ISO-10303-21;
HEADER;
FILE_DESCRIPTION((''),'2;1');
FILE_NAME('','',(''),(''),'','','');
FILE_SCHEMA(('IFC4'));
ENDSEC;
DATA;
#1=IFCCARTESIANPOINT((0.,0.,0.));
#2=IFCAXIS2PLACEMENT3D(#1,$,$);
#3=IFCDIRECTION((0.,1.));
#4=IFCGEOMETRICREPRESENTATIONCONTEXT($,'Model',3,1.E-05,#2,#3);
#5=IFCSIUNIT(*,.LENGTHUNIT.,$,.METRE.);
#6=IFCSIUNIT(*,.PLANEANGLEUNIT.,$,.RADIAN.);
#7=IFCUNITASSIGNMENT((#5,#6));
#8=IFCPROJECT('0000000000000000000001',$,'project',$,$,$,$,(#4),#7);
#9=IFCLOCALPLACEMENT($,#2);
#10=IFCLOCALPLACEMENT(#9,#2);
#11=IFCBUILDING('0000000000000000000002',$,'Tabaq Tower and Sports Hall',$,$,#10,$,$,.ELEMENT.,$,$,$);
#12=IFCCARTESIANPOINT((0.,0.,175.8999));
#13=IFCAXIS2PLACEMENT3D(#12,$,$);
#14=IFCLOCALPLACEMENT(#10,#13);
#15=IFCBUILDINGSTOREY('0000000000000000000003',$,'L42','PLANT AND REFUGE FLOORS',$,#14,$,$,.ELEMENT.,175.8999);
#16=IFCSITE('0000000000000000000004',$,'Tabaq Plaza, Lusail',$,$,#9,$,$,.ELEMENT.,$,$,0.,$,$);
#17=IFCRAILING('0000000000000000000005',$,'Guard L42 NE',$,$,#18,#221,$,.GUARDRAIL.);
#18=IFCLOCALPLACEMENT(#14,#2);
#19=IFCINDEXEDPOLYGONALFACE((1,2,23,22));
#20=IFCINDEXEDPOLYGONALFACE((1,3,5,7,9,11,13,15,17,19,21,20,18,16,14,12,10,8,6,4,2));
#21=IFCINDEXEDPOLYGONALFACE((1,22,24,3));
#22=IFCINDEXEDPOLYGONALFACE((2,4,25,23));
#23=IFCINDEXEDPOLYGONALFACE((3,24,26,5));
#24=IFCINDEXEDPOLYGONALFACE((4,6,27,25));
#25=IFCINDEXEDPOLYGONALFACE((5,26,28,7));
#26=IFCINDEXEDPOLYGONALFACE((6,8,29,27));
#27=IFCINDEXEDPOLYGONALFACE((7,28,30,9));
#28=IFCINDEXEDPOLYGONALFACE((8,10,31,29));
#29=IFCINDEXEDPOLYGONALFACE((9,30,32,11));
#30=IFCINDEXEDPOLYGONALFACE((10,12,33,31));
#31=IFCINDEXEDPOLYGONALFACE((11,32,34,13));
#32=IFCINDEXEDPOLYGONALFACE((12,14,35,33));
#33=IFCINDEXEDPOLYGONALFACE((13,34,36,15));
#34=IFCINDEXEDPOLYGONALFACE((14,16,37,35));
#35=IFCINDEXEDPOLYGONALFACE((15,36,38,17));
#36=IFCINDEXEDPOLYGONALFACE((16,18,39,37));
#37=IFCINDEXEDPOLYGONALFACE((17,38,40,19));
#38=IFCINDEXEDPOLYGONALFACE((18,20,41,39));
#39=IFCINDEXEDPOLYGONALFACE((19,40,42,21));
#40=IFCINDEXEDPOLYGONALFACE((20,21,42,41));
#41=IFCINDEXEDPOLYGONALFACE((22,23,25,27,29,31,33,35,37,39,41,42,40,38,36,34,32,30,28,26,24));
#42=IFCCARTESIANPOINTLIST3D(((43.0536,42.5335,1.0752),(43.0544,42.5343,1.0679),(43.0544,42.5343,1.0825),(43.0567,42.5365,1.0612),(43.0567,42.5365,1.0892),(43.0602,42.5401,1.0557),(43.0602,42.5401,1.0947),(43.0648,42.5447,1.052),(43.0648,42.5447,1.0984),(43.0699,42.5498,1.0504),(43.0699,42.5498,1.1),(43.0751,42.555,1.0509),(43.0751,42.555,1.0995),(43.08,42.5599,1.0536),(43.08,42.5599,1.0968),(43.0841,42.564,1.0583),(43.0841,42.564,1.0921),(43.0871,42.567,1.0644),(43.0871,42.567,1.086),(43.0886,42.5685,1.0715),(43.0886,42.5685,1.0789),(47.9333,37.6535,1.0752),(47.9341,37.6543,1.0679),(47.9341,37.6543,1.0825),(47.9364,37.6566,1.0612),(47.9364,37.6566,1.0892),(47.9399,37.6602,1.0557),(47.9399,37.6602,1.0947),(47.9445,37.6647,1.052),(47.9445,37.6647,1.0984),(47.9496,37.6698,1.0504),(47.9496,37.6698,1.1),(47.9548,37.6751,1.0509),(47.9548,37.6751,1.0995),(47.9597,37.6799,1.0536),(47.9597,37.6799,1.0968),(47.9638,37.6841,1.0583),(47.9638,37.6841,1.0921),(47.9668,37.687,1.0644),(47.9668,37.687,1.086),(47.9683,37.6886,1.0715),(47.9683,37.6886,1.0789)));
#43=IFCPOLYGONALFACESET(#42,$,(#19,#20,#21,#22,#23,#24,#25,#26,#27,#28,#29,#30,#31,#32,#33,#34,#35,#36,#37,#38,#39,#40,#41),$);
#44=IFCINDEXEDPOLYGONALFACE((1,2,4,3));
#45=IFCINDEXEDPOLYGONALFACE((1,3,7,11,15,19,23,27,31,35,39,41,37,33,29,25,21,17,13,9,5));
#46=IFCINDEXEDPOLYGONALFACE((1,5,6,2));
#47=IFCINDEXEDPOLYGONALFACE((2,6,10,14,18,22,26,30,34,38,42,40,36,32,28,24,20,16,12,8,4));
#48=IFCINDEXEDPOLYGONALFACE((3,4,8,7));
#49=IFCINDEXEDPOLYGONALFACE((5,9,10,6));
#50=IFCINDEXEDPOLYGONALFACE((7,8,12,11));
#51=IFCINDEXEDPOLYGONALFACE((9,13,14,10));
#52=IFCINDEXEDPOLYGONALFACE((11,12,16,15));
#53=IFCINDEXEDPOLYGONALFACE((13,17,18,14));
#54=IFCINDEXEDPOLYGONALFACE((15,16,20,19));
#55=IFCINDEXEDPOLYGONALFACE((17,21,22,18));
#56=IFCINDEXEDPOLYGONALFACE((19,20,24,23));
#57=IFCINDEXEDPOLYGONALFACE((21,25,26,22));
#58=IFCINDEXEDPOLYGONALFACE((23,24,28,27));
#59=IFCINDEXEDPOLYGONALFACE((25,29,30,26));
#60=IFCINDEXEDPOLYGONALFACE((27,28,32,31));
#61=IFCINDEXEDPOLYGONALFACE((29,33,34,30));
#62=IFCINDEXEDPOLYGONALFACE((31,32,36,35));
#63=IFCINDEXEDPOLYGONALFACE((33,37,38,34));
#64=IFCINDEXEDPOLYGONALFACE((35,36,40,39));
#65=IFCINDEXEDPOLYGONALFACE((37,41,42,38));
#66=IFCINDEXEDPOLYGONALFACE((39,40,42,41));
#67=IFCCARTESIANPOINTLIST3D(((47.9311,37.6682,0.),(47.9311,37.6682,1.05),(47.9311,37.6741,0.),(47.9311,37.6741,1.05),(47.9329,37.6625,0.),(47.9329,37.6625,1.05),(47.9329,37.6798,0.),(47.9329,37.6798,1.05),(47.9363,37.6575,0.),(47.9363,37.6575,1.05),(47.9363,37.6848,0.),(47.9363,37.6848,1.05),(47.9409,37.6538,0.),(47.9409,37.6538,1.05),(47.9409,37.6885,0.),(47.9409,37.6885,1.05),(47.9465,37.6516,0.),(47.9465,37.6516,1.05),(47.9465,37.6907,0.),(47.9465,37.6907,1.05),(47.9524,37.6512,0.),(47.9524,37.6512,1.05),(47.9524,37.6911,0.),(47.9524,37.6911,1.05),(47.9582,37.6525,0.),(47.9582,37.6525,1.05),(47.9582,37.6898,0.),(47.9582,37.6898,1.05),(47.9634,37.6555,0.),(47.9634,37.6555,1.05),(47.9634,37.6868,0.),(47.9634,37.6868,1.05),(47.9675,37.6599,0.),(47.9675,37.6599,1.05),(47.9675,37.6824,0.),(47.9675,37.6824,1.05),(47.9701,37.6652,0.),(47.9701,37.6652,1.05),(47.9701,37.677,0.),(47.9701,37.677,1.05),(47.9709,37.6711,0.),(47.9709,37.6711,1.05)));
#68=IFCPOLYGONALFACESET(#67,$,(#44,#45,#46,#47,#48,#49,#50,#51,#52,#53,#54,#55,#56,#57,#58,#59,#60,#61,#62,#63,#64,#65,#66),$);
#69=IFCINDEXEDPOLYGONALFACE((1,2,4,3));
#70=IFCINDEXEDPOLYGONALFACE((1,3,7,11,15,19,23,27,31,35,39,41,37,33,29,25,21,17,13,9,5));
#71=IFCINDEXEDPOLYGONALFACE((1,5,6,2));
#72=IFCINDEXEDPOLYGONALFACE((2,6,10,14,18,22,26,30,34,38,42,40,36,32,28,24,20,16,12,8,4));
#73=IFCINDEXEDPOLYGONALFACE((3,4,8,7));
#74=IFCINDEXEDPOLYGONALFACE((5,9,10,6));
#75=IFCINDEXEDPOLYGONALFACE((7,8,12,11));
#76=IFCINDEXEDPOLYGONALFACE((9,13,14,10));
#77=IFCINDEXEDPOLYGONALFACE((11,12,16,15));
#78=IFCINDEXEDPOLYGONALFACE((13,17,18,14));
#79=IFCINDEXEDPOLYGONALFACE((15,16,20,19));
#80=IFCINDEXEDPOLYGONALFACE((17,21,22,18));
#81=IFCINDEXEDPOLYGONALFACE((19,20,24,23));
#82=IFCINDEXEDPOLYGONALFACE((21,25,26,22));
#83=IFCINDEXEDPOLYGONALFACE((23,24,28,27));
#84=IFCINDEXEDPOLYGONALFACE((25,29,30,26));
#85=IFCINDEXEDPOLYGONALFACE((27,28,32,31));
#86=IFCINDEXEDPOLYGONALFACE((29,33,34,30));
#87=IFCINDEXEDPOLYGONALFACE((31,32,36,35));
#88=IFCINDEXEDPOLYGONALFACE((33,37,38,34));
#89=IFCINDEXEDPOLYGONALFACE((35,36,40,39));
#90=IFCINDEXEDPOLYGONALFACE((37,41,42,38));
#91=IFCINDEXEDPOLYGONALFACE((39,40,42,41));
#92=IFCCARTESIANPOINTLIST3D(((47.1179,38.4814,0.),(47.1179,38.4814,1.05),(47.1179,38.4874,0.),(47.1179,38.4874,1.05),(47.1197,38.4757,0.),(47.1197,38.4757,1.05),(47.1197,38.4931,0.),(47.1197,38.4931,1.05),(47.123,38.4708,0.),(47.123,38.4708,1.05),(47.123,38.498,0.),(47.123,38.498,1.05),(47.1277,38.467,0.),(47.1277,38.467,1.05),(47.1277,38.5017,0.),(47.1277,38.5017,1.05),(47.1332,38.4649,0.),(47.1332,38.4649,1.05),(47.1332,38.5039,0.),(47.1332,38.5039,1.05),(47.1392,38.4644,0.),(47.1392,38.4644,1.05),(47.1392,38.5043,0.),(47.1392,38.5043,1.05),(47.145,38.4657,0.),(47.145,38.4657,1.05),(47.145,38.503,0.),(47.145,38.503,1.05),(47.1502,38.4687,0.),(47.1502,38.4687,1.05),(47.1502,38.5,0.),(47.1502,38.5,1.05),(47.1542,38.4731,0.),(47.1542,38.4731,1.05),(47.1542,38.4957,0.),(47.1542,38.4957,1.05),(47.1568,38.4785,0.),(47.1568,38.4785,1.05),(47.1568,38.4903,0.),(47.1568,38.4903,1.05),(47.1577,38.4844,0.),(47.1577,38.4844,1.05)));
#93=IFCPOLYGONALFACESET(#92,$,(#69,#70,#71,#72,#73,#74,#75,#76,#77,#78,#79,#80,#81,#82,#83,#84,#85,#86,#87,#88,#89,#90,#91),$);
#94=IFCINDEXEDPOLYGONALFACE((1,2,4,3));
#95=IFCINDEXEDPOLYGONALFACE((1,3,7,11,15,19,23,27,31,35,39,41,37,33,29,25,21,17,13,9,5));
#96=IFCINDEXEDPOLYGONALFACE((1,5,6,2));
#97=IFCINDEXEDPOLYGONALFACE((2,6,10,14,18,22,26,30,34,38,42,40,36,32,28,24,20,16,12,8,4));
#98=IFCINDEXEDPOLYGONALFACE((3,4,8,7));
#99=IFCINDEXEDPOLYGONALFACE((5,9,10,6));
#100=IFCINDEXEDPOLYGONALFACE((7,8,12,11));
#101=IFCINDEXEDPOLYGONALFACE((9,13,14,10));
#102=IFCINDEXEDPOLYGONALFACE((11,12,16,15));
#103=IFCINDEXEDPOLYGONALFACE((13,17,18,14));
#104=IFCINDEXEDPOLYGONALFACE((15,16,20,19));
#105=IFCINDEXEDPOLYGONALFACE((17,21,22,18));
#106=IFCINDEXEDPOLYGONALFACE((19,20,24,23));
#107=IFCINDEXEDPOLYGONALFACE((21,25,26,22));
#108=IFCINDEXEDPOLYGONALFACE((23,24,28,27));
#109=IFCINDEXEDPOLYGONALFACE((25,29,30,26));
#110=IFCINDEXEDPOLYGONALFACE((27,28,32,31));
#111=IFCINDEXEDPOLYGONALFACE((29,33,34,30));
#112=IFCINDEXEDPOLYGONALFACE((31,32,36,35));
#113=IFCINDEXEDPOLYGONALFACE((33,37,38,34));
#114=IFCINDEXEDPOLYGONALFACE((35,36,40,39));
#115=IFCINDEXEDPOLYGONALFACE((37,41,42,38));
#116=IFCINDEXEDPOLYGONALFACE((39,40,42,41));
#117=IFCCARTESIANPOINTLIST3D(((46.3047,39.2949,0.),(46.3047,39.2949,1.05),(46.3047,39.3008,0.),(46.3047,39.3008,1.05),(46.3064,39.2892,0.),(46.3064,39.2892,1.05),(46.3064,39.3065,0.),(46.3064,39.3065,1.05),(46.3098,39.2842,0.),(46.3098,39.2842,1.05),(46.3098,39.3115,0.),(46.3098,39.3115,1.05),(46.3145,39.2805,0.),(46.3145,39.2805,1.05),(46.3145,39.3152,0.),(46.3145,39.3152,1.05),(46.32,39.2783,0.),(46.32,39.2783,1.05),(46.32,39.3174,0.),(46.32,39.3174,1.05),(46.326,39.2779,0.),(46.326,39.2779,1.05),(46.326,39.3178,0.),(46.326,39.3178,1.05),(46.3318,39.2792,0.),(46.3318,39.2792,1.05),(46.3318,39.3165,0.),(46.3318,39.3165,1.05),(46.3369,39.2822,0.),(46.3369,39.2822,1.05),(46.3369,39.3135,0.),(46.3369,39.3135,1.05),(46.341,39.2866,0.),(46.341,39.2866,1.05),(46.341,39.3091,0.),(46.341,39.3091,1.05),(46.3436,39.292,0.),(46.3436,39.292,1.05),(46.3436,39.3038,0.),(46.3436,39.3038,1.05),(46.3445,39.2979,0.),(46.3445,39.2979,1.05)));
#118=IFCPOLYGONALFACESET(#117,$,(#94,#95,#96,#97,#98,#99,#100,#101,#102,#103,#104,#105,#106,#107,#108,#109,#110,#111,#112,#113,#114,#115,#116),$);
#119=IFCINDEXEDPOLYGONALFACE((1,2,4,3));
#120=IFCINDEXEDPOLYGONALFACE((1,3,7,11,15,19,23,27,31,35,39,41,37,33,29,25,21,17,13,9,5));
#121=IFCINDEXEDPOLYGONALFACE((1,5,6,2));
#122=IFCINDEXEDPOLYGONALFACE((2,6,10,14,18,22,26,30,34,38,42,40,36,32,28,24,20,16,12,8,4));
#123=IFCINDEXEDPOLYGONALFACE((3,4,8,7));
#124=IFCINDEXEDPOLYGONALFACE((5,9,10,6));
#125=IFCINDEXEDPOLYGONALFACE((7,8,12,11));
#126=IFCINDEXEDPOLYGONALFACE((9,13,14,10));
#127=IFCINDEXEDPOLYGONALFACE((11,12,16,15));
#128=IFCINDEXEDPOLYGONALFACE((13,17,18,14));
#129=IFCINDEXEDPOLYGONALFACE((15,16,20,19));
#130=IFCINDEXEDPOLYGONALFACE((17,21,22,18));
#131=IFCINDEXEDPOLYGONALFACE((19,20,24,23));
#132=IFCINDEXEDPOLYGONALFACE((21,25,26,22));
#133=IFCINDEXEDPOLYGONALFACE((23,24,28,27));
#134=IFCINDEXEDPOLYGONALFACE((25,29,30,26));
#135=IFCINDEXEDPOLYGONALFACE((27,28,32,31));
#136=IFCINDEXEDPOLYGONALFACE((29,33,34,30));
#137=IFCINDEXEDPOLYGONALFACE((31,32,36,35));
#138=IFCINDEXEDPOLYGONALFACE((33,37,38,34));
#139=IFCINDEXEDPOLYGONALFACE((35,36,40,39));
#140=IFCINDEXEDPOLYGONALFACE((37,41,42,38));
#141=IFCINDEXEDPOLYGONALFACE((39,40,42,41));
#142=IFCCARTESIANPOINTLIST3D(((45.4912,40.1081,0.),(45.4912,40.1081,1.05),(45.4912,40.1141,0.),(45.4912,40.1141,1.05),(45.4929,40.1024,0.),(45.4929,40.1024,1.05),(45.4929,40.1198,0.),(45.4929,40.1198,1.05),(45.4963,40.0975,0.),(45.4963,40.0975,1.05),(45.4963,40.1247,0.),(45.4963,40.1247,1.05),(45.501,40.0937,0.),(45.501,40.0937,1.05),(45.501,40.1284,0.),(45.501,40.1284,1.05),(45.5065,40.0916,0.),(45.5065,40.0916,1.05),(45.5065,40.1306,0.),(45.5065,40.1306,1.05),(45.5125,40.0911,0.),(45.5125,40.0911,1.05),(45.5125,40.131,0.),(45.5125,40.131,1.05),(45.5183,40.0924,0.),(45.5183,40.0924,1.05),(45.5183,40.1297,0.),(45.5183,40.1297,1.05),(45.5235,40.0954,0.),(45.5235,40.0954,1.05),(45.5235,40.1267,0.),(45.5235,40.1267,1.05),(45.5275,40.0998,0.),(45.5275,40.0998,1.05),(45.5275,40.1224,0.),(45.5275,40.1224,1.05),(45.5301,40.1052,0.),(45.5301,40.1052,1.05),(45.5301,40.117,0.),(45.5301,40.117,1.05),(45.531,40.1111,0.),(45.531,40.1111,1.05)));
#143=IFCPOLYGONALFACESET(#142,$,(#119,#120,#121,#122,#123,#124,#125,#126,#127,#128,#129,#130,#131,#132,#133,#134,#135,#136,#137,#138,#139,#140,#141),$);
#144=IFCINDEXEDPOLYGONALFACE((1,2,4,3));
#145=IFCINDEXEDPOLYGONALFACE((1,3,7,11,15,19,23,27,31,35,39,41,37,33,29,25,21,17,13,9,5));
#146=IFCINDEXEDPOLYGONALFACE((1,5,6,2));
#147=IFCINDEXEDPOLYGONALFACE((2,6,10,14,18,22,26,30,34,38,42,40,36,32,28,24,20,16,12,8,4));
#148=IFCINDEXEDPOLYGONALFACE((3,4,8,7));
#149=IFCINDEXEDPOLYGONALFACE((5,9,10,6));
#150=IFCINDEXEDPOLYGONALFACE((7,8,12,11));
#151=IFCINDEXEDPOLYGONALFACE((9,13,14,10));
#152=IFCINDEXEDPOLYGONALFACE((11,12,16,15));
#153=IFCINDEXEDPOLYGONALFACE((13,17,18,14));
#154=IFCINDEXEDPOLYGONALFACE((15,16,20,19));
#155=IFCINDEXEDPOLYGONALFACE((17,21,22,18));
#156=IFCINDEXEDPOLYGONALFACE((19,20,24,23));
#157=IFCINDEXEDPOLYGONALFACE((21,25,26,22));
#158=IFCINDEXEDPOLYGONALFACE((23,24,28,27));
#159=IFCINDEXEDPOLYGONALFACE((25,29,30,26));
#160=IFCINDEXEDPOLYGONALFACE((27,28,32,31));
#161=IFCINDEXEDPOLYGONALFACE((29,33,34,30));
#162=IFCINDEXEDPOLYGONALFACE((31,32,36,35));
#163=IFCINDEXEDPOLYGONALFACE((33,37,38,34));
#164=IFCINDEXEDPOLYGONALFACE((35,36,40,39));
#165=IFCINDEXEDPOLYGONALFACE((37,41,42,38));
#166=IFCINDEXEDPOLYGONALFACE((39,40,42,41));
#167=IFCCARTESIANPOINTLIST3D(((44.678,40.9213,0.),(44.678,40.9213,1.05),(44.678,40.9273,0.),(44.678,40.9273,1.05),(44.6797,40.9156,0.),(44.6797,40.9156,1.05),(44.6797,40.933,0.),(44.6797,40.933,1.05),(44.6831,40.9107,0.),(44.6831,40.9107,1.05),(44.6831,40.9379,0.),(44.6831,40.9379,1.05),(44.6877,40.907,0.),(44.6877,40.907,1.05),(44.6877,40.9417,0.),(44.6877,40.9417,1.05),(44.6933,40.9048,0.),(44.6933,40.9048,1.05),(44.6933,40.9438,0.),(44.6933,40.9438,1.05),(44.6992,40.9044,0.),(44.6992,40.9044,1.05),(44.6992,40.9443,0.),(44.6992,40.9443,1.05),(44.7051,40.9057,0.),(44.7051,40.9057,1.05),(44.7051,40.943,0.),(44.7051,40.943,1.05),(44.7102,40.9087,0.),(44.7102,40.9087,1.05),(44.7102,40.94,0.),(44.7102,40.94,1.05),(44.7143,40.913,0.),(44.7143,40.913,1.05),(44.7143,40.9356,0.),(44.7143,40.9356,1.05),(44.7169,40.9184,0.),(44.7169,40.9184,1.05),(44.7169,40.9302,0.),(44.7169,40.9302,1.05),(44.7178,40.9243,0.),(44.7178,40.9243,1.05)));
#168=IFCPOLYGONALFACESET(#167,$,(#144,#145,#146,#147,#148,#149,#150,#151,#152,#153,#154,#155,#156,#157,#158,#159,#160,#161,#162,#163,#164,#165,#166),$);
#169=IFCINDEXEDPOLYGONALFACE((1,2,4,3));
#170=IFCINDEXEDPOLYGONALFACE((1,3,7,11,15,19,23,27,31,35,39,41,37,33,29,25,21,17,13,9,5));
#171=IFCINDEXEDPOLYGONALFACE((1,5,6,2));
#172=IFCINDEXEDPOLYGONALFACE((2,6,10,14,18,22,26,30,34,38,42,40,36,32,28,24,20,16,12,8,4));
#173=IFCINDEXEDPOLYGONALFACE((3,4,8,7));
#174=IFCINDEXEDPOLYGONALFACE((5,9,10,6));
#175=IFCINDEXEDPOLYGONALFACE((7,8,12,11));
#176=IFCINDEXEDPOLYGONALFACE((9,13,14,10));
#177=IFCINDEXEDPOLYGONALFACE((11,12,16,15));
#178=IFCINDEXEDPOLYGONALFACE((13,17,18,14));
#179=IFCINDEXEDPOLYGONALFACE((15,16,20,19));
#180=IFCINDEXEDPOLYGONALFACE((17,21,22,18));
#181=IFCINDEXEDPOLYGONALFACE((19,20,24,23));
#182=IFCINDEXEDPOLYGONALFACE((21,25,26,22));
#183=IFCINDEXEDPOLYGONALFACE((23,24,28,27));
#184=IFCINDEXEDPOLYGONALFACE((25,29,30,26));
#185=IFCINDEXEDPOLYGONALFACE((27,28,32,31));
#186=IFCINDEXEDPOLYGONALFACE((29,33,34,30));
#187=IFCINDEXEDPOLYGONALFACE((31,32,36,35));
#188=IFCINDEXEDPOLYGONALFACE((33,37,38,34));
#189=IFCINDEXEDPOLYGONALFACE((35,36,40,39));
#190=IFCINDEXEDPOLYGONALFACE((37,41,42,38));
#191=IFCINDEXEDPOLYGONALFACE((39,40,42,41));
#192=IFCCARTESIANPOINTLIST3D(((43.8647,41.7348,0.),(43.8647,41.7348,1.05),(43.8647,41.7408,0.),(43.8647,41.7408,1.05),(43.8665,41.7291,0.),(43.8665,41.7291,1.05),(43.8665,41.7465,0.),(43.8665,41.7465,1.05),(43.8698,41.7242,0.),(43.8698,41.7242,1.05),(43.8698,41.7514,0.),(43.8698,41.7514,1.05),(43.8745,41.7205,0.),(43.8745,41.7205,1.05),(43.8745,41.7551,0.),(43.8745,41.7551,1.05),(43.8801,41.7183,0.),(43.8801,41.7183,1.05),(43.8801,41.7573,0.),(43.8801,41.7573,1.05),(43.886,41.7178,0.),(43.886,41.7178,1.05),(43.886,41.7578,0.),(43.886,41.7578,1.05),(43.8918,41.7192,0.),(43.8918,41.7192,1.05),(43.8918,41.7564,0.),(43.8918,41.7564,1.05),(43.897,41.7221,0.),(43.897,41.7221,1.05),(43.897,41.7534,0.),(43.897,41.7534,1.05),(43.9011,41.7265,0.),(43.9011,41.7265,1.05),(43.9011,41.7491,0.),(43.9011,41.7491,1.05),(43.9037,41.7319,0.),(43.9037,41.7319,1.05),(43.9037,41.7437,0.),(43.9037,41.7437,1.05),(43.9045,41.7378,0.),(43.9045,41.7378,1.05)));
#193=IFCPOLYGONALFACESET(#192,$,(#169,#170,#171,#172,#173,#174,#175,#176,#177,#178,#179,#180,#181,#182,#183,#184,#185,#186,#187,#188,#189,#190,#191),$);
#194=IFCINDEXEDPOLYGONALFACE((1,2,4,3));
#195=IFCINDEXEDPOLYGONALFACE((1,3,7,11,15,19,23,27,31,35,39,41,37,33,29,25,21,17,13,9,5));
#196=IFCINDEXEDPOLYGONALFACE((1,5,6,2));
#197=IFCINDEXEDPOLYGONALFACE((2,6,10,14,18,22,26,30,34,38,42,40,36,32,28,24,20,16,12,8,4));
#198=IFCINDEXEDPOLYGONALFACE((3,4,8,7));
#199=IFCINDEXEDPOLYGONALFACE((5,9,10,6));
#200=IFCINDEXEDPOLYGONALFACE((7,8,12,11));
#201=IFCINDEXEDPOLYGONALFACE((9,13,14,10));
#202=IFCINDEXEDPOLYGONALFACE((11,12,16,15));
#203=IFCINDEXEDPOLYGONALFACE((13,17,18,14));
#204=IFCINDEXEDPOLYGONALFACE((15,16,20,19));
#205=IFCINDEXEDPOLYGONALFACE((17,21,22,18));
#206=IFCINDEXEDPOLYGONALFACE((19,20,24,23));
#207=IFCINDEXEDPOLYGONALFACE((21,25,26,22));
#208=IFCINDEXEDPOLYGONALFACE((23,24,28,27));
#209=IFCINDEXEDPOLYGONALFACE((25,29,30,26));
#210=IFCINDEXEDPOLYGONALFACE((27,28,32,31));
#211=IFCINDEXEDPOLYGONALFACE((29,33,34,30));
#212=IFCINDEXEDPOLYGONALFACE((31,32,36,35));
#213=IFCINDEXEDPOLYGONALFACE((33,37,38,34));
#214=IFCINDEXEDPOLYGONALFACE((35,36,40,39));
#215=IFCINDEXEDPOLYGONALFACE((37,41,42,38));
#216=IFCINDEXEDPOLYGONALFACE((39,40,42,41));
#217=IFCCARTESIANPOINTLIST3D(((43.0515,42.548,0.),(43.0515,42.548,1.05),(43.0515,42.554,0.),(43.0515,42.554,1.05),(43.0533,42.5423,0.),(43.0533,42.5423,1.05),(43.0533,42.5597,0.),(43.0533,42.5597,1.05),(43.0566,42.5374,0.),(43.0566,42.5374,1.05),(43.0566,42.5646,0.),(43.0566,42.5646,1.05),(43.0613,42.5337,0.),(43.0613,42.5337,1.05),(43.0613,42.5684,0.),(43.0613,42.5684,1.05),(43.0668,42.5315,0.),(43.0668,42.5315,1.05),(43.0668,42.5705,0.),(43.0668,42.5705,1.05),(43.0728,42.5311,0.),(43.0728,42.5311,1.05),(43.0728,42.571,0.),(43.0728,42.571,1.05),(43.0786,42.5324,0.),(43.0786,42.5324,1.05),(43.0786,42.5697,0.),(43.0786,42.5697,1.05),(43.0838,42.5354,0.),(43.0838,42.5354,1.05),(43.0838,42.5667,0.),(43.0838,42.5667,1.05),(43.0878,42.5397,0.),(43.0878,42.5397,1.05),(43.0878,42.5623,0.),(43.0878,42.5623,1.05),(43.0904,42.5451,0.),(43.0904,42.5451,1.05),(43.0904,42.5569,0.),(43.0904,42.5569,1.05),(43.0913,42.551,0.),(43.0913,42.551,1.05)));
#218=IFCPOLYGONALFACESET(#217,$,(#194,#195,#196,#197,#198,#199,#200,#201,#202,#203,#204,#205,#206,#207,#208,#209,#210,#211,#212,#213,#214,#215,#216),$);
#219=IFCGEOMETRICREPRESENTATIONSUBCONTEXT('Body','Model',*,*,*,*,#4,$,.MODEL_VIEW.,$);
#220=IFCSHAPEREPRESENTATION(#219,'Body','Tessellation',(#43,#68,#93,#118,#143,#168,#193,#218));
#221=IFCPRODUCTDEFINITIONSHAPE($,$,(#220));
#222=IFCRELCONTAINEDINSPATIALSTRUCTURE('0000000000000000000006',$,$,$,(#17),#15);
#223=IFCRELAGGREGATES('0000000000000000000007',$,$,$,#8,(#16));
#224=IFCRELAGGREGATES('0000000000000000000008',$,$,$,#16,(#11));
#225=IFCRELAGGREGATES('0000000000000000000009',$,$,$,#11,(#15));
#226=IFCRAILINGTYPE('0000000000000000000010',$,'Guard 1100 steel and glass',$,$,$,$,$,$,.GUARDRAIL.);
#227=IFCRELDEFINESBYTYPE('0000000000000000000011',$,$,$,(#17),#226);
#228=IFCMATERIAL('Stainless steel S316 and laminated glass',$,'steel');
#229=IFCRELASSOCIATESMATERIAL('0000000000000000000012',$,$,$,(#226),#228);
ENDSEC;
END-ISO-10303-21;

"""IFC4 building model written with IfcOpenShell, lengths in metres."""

from ifc_helpers import new_model, si_unit, direction, frame, origin, origin_2d, place, context, subcontext, project, spatial, circle, extrude, material, type_object, element, save


model = new_model("IFC4")

# Units and contexts
model_context = context("Model", 3, precision=1e-05, world=origin(), true_north=direction((0.0, 1.0)))
body_context = subcontext(model_context, "Body", "Model", "MODEL_VIEW")
ifc_project = project(units=[si_unit("LENGTHUNIT", "METRE"), si_unit("PLANEANGLEUNIT", "RADIAN")], contexts=[model_context])

# Site, building, storey
site_placement = place(None, origin())
site = spatial("IfcSite", under=ifc_project, at=site_placement, Name="Tabaq Plaza, Lusail", CompositionType="ELEMENT", RefElevation=0.0)
building_placement = place(site_placement, origin())
building = spatial("IfcBuilding", under=site, at=building_placement, Name="Tabaq Tower and Sports Hall", CompositionType="ELEMENT")
storey_placement = place(building_placement, frame((0.0, 0.0, 175.8999)))
storey = spatial("IfcBuildingStorey", under=building, at=storey_placement, Name="L42", Description="PLANT AND REFUGE FLOORS", CompositionType="ELEMENT", Elevation=175.8999)

# Railing
ifc_material_1 = material(Name="Stainless steel S316 and laminated glass", Category="steel")
railing_type = type_object("IfcRailingType", Name="Guard 1100 steel and glass", PredefinedType="GUARDRAIL", material=ifc_material_1)
railing_1_placement = place(storey_placement, frame((47.9509, 37.6711, 0.0)))
element("IfcRailing", 1, at=railing_1_placement, inside=storey, type_object=railing_type, Name="Guard L42 NE", PredefinedType="GUARDRAIL", context=body_context, shape_type="SweptSolid", body=[
    extrude(circle(Radius=0.0249, at=origin_2d()), frame((0.0, 0.0, 1.0752), z_axis=(-0.707089, 0.707124, 0.0), x_axis=(-0.707124, -0.707089, 0.0)), (0.0, 0.0, 1.0), 6.9011),
    extrude(circle(Radius=0.02, at=origin_2d()), origin(), (0.0, 0.0, 1.0), 1.05),
    extrude(circle(Radius=0.02, at=origin_2d()), frame((-0.8132, 0.8132, 0.0)), (0.0, 0.0, 1.0), 1.05),
    extrude(circle(Radius=0.02, at=origin_2d()), frame((-1.6265, 1.6267, 0.0)), (0.0, 0.0, 1.0), 1.05),
    extrude(circle(Radius=0.02, at=origin_2d()), frame((-2.4399, 2.4399, 0.0)), (0.0, 0.0, 1.0), 1.05),
    extrude(circle(Radius=0.02, at=origin_2d()), frame((-3.2532, 3.2532, 0.0)), (0.0, 0.0, 1.0), 1.05),
    extrude(circle(Radius=0.02, at=origin_2d()), frame((-4.0664, 4.0667, 0.0)), (0.0, 0.0, 1.0), 1.05),
    extrude(circle(Radius=0.02, at=origin_2d()), frame((-4.8796, 4.8799, 0.0)), (0.0, 0.0, 1.0), 1.05),
])

save(model, "model.ifc")
